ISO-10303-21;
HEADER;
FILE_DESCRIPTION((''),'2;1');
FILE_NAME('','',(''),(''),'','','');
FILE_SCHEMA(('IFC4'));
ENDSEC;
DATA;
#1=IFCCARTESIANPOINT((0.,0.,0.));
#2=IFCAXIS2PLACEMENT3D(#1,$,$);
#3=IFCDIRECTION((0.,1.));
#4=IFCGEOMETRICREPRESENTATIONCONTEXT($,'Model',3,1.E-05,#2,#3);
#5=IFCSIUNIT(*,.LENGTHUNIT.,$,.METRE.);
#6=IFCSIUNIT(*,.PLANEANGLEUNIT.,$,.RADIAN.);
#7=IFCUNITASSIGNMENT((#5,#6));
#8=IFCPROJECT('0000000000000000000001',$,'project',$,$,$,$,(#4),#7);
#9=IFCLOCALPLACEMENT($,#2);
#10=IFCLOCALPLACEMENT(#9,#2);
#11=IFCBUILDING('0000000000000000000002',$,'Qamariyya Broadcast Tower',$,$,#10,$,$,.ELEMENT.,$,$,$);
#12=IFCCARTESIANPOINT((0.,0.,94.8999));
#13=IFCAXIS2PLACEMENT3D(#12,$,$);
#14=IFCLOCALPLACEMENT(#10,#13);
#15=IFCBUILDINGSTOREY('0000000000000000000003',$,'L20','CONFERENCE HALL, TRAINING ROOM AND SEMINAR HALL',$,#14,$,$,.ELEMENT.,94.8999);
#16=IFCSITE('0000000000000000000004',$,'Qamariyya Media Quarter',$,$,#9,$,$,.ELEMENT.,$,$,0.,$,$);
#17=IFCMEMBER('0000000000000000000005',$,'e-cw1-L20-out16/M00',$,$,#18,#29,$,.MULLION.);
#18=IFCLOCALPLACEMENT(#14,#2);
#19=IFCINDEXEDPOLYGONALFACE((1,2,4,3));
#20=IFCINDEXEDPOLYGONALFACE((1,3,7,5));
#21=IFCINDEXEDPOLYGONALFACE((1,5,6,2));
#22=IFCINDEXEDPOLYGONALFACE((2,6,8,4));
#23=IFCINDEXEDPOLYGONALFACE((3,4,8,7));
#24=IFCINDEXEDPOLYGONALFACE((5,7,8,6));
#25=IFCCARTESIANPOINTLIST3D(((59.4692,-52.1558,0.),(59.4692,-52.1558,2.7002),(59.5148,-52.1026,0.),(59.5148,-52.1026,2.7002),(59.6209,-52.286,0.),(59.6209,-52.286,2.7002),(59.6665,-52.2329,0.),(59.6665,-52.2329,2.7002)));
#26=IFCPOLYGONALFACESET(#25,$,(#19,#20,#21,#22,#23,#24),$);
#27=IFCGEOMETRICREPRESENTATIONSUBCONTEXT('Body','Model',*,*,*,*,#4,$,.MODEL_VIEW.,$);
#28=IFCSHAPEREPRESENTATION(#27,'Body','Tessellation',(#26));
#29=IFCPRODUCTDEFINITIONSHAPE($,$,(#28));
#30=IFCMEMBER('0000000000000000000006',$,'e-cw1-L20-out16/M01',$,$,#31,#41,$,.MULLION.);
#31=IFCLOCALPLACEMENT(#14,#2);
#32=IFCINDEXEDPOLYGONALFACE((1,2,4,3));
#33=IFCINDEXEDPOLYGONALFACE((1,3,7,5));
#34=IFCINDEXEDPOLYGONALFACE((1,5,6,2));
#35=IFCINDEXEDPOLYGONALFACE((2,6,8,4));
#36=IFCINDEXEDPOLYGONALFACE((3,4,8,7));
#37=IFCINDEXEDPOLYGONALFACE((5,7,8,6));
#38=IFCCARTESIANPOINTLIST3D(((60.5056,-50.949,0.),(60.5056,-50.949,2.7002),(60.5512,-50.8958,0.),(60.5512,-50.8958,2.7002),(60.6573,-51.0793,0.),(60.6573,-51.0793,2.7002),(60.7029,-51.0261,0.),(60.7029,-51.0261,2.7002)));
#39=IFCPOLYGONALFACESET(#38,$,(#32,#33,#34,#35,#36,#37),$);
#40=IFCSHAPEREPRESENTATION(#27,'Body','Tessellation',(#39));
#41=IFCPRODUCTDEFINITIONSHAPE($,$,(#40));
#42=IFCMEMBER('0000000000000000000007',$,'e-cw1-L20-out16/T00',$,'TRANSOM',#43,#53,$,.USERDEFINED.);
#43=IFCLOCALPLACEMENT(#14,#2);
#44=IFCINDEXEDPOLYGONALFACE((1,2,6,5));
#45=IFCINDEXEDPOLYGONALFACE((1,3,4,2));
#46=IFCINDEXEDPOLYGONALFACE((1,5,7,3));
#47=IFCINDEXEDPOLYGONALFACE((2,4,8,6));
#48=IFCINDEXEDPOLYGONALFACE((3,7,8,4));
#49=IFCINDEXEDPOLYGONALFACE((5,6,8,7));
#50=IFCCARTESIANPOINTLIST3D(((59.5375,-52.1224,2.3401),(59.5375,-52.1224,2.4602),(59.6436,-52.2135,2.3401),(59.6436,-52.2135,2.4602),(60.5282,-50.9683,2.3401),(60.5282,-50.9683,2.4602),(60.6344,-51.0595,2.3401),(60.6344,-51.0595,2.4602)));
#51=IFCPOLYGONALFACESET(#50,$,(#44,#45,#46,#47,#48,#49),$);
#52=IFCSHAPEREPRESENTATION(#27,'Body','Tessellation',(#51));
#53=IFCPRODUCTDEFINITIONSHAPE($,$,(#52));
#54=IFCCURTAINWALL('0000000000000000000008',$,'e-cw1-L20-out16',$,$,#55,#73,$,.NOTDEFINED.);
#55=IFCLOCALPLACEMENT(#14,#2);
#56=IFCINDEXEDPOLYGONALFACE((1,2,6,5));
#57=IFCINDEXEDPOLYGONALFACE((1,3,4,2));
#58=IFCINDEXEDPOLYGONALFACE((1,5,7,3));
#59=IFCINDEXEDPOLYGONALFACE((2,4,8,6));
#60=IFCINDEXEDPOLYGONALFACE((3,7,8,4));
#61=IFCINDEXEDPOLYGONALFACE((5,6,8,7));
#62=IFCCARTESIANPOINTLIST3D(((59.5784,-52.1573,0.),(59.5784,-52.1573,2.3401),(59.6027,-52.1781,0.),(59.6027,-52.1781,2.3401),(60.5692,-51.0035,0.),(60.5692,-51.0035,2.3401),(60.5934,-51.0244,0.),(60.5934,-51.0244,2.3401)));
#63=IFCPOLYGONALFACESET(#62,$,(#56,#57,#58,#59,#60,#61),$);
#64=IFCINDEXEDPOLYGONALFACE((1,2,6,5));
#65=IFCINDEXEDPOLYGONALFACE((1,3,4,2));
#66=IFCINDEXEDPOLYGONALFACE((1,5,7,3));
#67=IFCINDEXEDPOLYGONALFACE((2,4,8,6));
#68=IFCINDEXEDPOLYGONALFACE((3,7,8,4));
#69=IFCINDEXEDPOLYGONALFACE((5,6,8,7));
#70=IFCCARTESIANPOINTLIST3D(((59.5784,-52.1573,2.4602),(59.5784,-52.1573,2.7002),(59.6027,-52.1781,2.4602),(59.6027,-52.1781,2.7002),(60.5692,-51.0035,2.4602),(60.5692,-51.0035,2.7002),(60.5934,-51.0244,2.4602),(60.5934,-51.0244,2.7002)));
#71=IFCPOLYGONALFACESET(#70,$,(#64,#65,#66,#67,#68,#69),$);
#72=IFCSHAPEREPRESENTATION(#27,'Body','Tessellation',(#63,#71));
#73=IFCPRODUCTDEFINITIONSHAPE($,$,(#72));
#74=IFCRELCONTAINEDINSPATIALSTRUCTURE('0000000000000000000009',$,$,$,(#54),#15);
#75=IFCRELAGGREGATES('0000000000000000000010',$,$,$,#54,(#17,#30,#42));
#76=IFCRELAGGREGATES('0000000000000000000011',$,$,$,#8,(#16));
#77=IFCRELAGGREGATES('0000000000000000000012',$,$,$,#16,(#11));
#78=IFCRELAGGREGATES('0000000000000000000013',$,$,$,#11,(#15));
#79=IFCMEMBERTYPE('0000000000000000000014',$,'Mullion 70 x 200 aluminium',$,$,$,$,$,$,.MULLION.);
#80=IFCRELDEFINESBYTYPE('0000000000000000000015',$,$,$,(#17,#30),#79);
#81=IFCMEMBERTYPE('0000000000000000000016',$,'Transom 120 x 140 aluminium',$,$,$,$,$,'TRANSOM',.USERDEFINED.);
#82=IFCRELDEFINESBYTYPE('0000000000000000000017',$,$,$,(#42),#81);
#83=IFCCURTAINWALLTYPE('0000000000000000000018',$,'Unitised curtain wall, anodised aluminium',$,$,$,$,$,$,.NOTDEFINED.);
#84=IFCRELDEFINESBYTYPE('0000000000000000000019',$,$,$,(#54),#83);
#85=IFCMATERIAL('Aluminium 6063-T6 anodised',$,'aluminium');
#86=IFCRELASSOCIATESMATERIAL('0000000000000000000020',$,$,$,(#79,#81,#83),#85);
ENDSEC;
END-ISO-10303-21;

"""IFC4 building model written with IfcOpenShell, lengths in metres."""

from ifc_helpers import new_model, si_unit, direction, frame, origin, origin_2d, place, context, subcontext, project, spatial, rectangle, extrude, material, material_profile, profile_set, type_object, element, aggregate, save


model = new_model("IFC4")

# Units and contexts
model_context = context("Model", 3, precision=1e-05, world=origin(), true_north=direction((0.0, 1.0)))
body_context = subcontext(model_context, "Body", "Model", "MODEL_VIEW")
ifc_project = project(units=[si_unit("LENGTHUNIT", "METRE"), si_unit("PLANEANGLEUNIT", "RADIAN")], contexts=[model_context])

# Members
ifc_material = material(Name="Aluminium 6063-T6 anodised", Category="aluminium")
site_placement = place(None, origin())
building_placement = place(site_placement, origin())
storey_placement = place(building_placement, frame((0.0, 0.0, 94.8999)))
ifc_material_profile_1 = material_profile(ifc_material, rectangle(XDim=0.2, YDim=0.0701, at=origin_2d()))
ifc_profile_set_1 = profile_set([ifc_material_profile_1], Name="Aluminium 6063-T6 anodised")
member_type_1 = type_object("IfcMemberType", Name="Mullion 70 x 200 aluminium", PredefinedType="MULLION", material=ifc_profile_set_1)
member_1_placement = place(storey_placement, frame((59.5679, -52.1943, 0.0), z_axis=(0.0, 0.0, 1.0), x_axis=(-0.758703, 0.651437, 0.0)))
member_1 = element("IfcMember", 1, at=member_1_placement, type_object=member_type_1, Name="e-cw1-L20-out16/M00", PredefinedType="MULLION", context=body_context, shape_type="SweptSolid", body=[
    extrude(rectangle(XDim=0.2, YDim=0.0701, at=origin_2d()), origin(), (0.0, 0.0, 1.0), 2.7002),
])
member_2_placement = place(storey_placement, frame((60.6042, -50.9875, 0.0), z_axis=(0.0, 0.0, 1.0), x_axis=(-0.758703, 0.651437, 0.0)))
member_2 = element("IfcMember", 2, at=member_2_placement, type_object=member_type_1, Name="e-cw1-L20-out16/M01", PredefinedType="MULLION", context=body_context, shape_type="SweptSolid", body=[
    extrude(rectangle(XDim=0.2, YDim=0.0701, at=origin_2d()), origin(), (0.0, 0.0, 1.0), 2.7002),
])
ifc_material_profile_2 = material_profile(ifc_material, rectangle(XDim=0.1399, YDim=0.1201, at=origin_2d()))
ifc_profile_set_2 = profile_set([ifc_material_profile_2], Name="Aluminium 6063-T6 anodised")
member_type_2 = type_object("IfcMemberType", Name="Transom 120 x 140 aluminium", ElementType="TRANSOM", PredefinedType="USERDEFINED", material=ifc_profile_set_2)
member_3_placement = place(storey_placement, frame((59.5906, -52.168, 2.4001), z_axis=(0.651373, 0.758758, 0.0), x_axis=(-0.758758, 0.651373, 0.0)))
member_3 = element("IfcMember", 3, at=member_3_placement, type_object=member_type_2, Name="e-cw1-L20-out16/T00", ObjectType="TRANSOM", PredefinedType="USERDEFINED", context=body_context, shape_type="SweptSolid", body=[
    extrude(rectangle(XDim=0.1399, YDim=0.1201, at=origin_2d()), origin(), (0.0, 0.0, 1.0), 1.521),
])

# Site, building, storey
site = spatial("IfcSite", under=ifc_project, at=site_placement, Name="Qamariyya Media Quarter", CompositionType="ELEMENT", RefElevation=0.0)
building = spatial("IfcBuilding", under=site, at=building_placement, Name="Qamariyya Broadcast Tower", CompositionType="ELEMENT")
storey = spatial("IfcBuildingStorey", under=building, at=storey_placement, Name="L20", Description="CONFERENCE HALL, TRAINING ROOM AND SEMINAR HALL", CompositionType="ELEMENT", Elevation=94.8999)

# Curtain wall
curtain_wall_type_1 = type_object("IfcCurtainWallType", Name="Unitised curtain wall, anodised aluminium", PredefinedType="NOTDEFINED", material=ifc_material)
curtain_wall_1_placement = place(storey_placement, origin())
curtain_wall_1 = element("IfcCurtainWall", 4, at=curtain_wall_1_placement, inside=storey, type_object=curtain_wall_type_1, Name="e-cw1-L20-out16", PredefinedType="NOTDEFINED", context=body_context, shape_type="SweptSolid", body=[
    extrude(rectangle(XDim=1.5208, YDim=0.032, at=origin_2d()), frame((60.0859, -51.5908, 0.0), x_axis=(0.651493, 0.758654, 0.0)), (0.0, 0.0, 1.0), 2.3401),
    extrude(rectangle(XDim=1.5208, YDim=0.032, at=origin_2d()), frame((60.0859, -51.5908, 2.4602), x_axis=(0.651493, 0.758654, 0.0)), (0.0, 0.0, 1.0), 0.24),
])
aggregate(curtain_wall_1, [member_1, member_2, member_3])

save(model, "model.ifc")
